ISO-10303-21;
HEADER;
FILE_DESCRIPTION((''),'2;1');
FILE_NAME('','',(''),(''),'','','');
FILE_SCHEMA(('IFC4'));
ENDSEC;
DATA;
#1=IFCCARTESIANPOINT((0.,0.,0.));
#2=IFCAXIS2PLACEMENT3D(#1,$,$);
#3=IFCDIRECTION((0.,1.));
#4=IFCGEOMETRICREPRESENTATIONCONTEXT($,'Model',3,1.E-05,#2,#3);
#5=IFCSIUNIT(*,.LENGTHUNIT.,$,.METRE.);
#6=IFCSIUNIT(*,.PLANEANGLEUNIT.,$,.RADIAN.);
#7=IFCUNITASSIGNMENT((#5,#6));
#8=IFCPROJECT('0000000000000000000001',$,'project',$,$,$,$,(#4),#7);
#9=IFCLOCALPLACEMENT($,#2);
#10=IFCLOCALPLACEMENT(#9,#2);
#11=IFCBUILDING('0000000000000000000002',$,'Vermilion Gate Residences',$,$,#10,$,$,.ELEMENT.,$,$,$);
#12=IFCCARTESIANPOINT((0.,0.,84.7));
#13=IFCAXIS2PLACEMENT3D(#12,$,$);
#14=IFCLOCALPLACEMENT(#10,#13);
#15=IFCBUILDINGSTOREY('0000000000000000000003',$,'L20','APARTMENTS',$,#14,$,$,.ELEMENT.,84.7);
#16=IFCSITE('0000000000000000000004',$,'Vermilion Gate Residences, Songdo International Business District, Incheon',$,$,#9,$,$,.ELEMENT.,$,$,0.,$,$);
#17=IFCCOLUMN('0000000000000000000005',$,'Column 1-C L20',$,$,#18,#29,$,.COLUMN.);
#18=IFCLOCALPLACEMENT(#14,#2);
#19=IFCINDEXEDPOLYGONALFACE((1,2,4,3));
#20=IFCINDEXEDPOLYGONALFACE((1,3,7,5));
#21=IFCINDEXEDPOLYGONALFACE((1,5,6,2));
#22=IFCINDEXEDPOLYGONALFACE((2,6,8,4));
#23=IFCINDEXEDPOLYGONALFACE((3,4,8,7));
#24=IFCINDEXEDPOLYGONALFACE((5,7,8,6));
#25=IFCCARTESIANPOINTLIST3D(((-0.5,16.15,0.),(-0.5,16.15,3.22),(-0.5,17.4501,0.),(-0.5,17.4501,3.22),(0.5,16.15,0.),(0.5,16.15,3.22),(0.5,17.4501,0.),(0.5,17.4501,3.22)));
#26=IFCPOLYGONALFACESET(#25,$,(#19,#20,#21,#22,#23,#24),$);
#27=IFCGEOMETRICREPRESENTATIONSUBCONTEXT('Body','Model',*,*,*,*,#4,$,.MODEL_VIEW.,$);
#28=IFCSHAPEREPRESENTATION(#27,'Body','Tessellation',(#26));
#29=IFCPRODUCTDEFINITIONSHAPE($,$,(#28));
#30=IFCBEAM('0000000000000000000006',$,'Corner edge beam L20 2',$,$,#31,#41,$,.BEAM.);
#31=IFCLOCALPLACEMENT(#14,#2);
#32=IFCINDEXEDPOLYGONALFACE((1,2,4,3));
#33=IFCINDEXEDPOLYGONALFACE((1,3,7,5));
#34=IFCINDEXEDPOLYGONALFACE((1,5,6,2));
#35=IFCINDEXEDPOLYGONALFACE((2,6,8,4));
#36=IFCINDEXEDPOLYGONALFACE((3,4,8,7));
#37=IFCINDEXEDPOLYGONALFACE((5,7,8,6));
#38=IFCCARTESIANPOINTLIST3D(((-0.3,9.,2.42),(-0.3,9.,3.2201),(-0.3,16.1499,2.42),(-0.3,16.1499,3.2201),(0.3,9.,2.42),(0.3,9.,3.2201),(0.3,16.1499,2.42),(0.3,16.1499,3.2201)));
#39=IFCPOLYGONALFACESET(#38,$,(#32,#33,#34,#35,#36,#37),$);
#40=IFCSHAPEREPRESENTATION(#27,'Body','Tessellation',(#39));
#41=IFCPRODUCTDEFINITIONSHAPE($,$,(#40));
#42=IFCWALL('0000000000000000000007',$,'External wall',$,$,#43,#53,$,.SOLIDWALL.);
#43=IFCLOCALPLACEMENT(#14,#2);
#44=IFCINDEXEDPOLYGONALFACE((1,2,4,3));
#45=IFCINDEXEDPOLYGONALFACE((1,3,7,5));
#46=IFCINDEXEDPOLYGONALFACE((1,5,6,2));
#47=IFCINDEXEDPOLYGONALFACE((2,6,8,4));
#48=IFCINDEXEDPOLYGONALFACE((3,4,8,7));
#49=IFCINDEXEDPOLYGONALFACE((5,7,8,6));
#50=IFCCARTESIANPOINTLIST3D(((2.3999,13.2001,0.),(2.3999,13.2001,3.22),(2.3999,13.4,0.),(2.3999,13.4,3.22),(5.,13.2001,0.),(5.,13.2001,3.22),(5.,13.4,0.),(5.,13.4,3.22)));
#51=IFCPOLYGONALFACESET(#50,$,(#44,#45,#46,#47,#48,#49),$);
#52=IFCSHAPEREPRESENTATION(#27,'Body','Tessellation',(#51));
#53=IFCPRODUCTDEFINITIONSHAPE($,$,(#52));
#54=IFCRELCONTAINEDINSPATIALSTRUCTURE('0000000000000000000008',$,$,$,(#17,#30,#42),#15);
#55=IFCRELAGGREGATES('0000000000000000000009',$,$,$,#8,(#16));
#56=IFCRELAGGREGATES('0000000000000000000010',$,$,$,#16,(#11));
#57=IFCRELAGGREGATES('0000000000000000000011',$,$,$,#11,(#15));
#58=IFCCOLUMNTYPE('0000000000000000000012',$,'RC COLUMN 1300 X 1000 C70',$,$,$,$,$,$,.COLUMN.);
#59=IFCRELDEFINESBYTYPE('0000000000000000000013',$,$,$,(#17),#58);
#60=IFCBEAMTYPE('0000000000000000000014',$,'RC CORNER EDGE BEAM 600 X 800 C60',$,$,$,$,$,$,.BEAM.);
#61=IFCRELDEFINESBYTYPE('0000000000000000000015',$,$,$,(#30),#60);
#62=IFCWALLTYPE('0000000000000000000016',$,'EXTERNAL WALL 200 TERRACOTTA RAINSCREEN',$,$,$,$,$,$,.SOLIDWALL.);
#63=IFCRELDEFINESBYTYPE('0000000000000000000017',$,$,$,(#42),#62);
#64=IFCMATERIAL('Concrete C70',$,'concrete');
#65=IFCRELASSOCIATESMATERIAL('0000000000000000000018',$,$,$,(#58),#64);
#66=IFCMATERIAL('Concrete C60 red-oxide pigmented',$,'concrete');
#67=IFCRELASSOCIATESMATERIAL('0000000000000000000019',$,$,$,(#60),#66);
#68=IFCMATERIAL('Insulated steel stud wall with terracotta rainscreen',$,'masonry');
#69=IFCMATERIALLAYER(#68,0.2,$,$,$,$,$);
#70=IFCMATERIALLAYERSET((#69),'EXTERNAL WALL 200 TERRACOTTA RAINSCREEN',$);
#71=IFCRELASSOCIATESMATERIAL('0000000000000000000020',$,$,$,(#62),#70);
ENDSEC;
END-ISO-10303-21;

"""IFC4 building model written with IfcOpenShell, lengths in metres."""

from ifc_helpers import new_model, si_unit, direction, frame, frame_2d, origin, origin_2d, place, context, subcontext, project, spatial, rectangle, extrude, material, layer, layer_set, material_profile, profile_set, type_object, element, save


model = new_model("IFC4")

# Units and contexts
model_context = context("Model", 3, precision=1e-05, world=origin(), true_north=direction((0.0, 1.0)))
body_context = subcontext(model_context, "Body", "Model", "MODEL_VIEW")
ifc_project = project(units=[si_unit("LENGTHUNIT", "METRE"), si_unit("PLANEANGLEUNIT", "RADIAN")], contexts=[model_context])

# Site, building, storey
site_placement = place(None, origin())
site = spatial("IfcSite", under=ifc_project, at=site_placement, Name="Vermilion Gate Residences, Songdo International Business District, Incheon", CompositionType="ELEMENT", RefElevation=0.0)
building_placement = place(site_placement, origin())
building = spatial("IfcBuilding", under=site, at=building_placement, Name="Vermilion Gate Residences", CompositionType="ELEMENT")
storey_placement = place(building_placement, frame((0.0, 0.0, 84.7)))
storey = spatial("IfcBuildingStorey", under=building, at=storey_placement, Name="L20", Description="APARTMENTS", CompositionType="ELEMENT", Elevation=84.7)

# Column
ifc_material_1 = material(Name="Concrete C70", Category="concrete")
ifc_material_profile_1 = material_profile(ifc_material_1, rectangle(XDim=1.3, YDim=1.0, at=origin_2d()), Name="RC-1300x1000")
ifc_profile_set_1 = profile_set([ifc_material_profile_1], Name="Concrete C70")
column_type = type_object("IfcColumnType", Name="RC COLUMN 1300 X 1000 C70", PredefinedType="COLUMN", material=ifc_profile_set_1)
column_placement = place(storey_placement, frame((0.0, 16.8, 0.0), z_axis=(0.0, 0.0, 1.0), x_axis=(0.0, 1.0, 0.0)))
element("IfcColumn", 1, at=column_placement, inside=storey, type_object=column_type, Name="Column 1-C L20", PredefinedType="COLUMN", context=body_context, shape_type="SweptSolid", body=[
    extrude(rectangle(XDim=1.3, YDim=1.0, at=origin_2d()), origin(), (0.0, 0.0, 1.0), 3.22),
])

# Beam
ifc_material_2 = material(Name="Concrete C60 red-oxide pigmented", Category="concrete")
ifc_material_profile_2 = material_profile(ifc_material_2, rectangle(XDim=0.6001, YDim=0.8, at=origin_2d()), Name="RC-600x800")
ifc_profile_set_2 = profile_set([ifc_material_profile_2], Name="Concrete C60 red-oxide pigmented")
beam_type = type_object("IfcBeamType", Name="RC CORNER EDGE BEAM 600 X 800 C60", PredefinedType="BEAM", material=ifc_profile_set_2)
beam_placement = place(storey_placement, frame((0.0, 9.0, 2.8201), z_axis=(0.0, 1.0, 0.0), x_axis=(-1.0, 0.0, 0.0)))
element("IfcBeam", 2, at=beam_placement, inside=storey, type_object=beam_type, Name="Corner edge beam L20 2", PredefinedType="BEAM", context=body_context, shape_type="SweptSolid", body=[
    extrude(rectangle(XDim=0.6001, YDim=0.8, at=origin_2d()), origin(), (0.0, 0.0, 1.0), 7.1499),
])

# Wall
ifc_material_3 = material(Name="Insulated steel stud wall with terracotta rainscreen", Category="masonry")
ifc_layer_1 = layer(ifc_material_3, 0.2)
ifc_layer_set_1 = layer_set([ifc_layer_1], Name="EXTERNAL WALL 200 TERRACOTTA RAINSCREEN")
wall_type_1 = type_object("IfcWallType", Name="EXTERNAL WALL 200 TERRACOTTA RAINSCREEN", PredefinedType="SOLIDWALL", material=ifc_layer_set_1)
wall_1_placement = place(storey_placement, frame((2.3999, 13.3, 0.0), z_axis=(0.0, 0.0, 1.0), x_axis=(1.0, 0.0, 0.0)))
element("IfcWall", 3, at=wall_1_placement, inside=storey, type_object=wall_type_1, Name="External wall", PredefinedType="SOLIDWALL", context=body_context, shape_type="SweptSolid", body=[
    extrude(rectangle(XDim=2.6001, YDim=0.2, at=frame_2d((1.3, 0.0))), origin(), (0.0, 0.0, 1.0), 3.22),
])

save(model, "model.ifc")
